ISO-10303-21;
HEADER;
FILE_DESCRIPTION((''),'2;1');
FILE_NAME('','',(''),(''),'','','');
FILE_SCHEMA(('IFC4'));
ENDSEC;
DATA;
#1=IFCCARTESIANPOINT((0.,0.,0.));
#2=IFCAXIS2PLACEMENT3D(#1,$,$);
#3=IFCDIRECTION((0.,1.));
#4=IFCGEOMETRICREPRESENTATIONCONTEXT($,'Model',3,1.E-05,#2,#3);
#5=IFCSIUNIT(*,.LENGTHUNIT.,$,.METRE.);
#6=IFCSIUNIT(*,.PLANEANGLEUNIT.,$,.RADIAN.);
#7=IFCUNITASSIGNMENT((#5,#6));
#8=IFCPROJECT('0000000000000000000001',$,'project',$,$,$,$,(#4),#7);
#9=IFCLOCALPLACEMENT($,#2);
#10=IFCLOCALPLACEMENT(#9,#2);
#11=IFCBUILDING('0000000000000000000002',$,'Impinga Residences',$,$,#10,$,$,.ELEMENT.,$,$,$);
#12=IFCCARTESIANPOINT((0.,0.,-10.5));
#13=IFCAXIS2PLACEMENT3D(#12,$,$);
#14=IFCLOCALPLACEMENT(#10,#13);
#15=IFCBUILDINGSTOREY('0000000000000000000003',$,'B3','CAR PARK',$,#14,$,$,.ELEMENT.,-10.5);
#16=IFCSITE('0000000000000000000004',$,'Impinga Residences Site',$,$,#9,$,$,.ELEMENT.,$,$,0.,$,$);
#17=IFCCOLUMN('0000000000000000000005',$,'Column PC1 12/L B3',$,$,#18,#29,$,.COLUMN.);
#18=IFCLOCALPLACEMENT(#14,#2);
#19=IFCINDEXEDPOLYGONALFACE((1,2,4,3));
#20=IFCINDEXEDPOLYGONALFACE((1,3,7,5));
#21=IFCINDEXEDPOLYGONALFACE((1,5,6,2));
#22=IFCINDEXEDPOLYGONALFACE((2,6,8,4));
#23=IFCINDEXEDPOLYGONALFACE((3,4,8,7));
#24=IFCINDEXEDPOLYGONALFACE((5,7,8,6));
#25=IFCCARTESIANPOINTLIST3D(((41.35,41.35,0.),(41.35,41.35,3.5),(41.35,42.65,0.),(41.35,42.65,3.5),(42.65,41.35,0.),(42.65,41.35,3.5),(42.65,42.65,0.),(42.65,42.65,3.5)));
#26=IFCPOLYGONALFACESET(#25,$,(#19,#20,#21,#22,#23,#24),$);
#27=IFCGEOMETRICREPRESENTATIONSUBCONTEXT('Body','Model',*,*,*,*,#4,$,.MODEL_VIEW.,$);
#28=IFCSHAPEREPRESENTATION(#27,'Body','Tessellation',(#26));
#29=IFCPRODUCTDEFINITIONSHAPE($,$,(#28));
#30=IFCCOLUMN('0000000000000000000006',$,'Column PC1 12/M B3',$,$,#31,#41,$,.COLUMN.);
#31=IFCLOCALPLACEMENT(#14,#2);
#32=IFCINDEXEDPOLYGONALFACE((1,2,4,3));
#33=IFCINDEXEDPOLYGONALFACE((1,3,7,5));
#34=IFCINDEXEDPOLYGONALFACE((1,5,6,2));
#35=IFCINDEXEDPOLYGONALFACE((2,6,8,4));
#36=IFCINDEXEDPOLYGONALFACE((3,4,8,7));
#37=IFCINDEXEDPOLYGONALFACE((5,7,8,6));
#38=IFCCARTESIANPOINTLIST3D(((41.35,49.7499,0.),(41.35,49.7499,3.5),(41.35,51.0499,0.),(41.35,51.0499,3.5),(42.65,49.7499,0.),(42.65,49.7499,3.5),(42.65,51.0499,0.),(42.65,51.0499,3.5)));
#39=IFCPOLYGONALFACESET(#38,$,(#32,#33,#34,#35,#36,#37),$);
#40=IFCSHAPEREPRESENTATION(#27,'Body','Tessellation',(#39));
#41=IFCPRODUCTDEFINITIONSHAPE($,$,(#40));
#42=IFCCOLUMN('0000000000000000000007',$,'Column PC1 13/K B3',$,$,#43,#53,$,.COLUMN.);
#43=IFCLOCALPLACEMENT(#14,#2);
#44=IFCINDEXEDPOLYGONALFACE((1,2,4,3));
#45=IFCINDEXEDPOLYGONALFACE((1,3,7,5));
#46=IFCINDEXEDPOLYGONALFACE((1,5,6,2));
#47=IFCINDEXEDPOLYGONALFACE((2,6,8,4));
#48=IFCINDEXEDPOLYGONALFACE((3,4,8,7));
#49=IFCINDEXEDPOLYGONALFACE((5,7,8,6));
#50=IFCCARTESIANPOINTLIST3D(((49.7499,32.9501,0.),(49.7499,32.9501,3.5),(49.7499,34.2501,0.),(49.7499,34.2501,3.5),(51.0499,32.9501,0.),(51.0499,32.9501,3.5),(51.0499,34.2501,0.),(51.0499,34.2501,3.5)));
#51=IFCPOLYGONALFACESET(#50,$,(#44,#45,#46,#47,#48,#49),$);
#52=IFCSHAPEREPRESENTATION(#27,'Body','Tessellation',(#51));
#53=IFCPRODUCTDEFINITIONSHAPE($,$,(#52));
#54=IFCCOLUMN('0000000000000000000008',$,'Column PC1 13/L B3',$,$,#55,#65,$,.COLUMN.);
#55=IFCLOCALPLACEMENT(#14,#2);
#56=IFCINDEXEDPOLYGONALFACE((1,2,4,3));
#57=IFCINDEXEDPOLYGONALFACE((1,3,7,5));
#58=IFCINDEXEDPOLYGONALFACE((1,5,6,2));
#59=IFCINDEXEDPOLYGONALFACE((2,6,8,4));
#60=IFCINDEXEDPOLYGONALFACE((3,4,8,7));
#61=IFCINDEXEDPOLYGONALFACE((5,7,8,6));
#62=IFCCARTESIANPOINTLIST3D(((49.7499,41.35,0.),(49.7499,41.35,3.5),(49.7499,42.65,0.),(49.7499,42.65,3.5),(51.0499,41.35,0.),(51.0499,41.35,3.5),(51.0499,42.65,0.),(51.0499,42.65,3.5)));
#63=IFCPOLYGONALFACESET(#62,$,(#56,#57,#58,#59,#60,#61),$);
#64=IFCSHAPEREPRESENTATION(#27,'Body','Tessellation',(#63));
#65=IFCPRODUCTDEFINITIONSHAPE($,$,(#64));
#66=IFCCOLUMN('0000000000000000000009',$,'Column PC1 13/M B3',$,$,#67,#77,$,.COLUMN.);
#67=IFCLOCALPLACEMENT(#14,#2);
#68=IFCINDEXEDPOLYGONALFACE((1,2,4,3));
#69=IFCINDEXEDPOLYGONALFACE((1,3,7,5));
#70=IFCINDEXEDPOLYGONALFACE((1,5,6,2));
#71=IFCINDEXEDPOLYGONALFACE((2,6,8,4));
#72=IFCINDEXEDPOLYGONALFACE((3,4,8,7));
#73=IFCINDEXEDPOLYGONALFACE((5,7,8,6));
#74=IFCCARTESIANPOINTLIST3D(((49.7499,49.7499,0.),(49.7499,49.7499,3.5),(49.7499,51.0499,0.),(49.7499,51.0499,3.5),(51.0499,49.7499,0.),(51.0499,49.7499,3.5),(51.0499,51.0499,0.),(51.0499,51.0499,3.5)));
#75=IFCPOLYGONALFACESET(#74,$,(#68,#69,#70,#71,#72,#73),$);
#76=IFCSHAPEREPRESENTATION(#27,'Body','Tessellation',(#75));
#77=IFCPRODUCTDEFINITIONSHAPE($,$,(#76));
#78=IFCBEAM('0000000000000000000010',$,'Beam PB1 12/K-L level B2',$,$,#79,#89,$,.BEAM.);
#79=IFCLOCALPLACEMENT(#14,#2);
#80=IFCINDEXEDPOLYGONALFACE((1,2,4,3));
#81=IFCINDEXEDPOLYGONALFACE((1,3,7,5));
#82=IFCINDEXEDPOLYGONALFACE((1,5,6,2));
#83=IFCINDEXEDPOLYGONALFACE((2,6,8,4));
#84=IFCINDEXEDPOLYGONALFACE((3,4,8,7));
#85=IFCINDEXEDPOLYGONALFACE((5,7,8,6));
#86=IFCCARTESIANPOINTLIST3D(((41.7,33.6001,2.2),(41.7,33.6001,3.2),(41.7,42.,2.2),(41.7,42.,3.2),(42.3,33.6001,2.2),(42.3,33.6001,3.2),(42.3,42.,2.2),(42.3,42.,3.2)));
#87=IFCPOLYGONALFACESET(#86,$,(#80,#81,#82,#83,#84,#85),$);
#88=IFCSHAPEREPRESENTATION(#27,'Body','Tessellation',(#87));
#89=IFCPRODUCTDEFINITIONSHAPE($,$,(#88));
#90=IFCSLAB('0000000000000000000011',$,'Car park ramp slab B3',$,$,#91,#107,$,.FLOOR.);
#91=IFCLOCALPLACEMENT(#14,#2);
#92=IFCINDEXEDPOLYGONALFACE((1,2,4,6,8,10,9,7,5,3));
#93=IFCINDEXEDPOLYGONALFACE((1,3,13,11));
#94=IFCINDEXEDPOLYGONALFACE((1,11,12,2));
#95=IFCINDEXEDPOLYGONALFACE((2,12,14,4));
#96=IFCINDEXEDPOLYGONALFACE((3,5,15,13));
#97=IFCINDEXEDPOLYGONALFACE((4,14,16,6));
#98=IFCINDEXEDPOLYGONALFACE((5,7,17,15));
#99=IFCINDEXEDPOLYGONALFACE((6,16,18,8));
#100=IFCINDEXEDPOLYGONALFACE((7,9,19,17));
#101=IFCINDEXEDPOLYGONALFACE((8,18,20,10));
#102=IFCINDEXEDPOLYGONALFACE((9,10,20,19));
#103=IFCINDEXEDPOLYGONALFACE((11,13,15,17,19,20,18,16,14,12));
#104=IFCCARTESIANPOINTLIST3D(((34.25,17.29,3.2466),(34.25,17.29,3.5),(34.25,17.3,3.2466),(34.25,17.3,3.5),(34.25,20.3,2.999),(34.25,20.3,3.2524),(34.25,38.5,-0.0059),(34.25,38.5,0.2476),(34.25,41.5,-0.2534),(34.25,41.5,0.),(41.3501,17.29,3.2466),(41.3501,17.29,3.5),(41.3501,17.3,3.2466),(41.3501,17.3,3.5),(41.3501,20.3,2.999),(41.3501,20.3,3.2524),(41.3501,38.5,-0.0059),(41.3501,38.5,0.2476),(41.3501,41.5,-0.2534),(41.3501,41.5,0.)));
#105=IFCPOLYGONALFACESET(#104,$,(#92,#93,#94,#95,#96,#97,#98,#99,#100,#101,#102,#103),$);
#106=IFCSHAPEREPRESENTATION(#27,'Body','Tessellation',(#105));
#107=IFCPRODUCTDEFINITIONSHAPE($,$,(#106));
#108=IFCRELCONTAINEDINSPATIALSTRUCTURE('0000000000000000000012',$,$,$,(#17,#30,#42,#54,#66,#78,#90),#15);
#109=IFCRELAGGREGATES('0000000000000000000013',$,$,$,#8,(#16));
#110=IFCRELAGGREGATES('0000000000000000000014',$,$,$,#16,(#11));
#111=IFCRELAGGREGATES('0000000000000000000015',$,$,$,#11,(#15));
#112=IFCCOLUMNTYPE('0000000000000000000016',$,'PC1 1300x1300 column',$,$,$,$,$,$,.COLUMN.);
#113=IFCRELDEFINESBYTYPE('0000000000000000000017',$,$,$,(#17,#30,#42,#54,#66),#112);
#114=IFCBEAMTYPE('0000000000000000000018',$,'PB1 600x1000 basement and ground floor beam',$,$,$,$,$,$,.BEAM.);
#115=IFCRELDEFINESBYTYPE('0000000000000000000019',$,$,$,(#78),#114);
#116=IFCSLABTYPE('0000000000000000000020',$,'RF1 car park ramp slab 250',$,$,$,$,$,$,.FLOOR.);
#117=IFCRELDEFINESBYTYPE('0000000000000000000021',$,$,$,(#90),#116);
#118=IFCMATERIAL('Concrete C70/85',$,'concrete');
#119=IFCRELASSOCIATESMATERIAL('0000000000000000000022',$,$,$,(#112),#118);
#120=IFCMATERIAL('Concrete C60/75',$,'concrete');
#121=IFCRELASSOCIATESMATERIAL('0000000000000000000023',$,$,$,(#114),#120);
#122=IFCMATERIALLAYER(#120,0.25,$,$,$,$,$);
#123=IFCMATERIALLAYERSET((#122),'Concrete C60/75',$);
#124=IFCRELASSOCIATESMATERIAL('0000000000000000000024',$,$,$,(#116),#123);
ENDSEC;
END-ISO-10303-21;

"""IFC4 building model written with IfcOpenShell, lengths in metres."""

from ifc_helpers import new_model, si_unit, direction, frame, origin, origin_2d, place, context, subcontext, project, spatial, polyline, rectangle, outline, extrude, material, layer, layer_set, material_profile, profile_set, type_object, element, save


model = new_model("IFC4")

# Units and contexts
model_context = context("Model", 3, precision=1e-05, world=origin(), true_north=direction((0.0, 1.0)))
body_context = subcontext(model_context, "Body", "Model", "MODEL_VIEW")
ifc_project = project(units=[si_unit("LENGTHUNIT", "METRE"), si_unit("PLANEANGLEUNIT", "RADIAN")], contexts=[model_context])

# Site, building, storey
site_placement = place(None, origin())
site = spatial("IfcSite", under=ifc_project, at=site_placement, Name="Impinga Residences Site", CompositionType="ELEMENT", RefElevation=0.0)
building_placement = place(site_placement, origin())
building = spatial("IfcBuilding", under=site, at=building_placement, Name="Impinga Residences", CompositionType="ELEMENT")
storey_placement = place(building_placement, frame((0.0, 0.0, -10.5)))
storey = spatial("IfcBuildingStorey", under=building, at=storey_placement, Name="B3", Description="CAR PARK", CompositionType="ELEMENT", Elevation=-10.5)

# Columns
ifc_material_1 = material(Name="Concrete C70/85", Category="concrete")
ifc_material_profile_1 = material_profile(ifc_material_1, rectangle(XDim=1.3, YDim=1.3, at=origin_2d()), Name="RC 1300x1300")
ifc_profile_set_1 = profile_set([ifc_material_profile_1], Name="Concrete C70/85")
column_type = type_object("IfcColumnType", Name="PC1 1300x1300 column", PredefinedType="COLUMN", material=ifc_profile_set_1)
for number, where, z_axis, x_axis, name in (
    (1, (42.0, 42.0, 0.0), (0.0, 0.0, 1.0), (1.0, 0.0, 0.0), "Column PC1 12/L B3"),
    (2, (42.0, 50.3999, 0.0), (0.0, 0.0, 1.0), (1.0, 0.0, 0.0), "Column PC1 12/M B3"),
    (3, (50.3999, 33.6001, 0.0), (0.0, 0.0, 1.0), (1.0, 0.0, 0.0), "Column PC1 13/K B3"),
    (4, (50.3999, 42.0, 0.0), (0.0, 0.0, 1.0), (1.0, 0.0, 0.0), "Column PC1 13/L B3"),
    (5, (50.3999, 50.3999, 0.0), (0.0, 0.0, 1.0), (1.0, 0.0, 0.0), "Column PC1 13/M B3"),
):
    element("IfcColumn", number, at=place(storey_placement, frame(where, z_axis=z_axis, x_axis=x_axis)), inside=storey, type_object=column_type, Name=name, PredefinedType="COLUMN", context=body_context, shape_type="SweptSolid", body=[
        extrude(rectangle(XDim=1.3, YDim=1.3, at=origin_2d()), origin(), (0.0, 0.0, 1.0), 3.5),
    ])

# Beam
ifc_material_2 = material(Name="Concrete C60/75", Category="concrete")
ifc_material_profile_2 = material_profile(ifc_material_2, rectangle(XDim=0.6001, YDim=1.0, at=origin_2d()), Name="RC 600x1000")
ifc_profile_set_2 = profile_set([ifc_material_profile_2], Name="Concrete C60/75")
beam_type = type_object("IfcBeamType", Name="PB1 600x1000 basement and ground floor beam", PredefinedType="BEAM", material=ifc_profile_set_2)
beam_placement = place(storey_placement, frame((42.0, 33.6001, 2.7), z_axis=(0.0, 1.0, 0.0), x_axis=(-1.0, 0.0, 0.0)))
element("IfcBeam", 6, at=beam_placement, inside=storey, type_object=beam_type, Name="Beam PB1 12/K-L level B2", PredefinedType="BEAM", context=body_context, shape_type="SweptSolid", body=[
    extrude(rectangle(XDim=0.6001, YDim=1.0, at=origin_2d()), origin(), (0.0, 0.0, 1.0), 8.3999),
])

# Slab
ifc_layer = layer(ifc_material_2, 0.25)
ifc_layer_set = layer_set([ifc_layer], Name="Concrete C60/75")
slab_type = type_object("IfcSlabType", Name="RF1 car park ramp slab 250", PredefinedType="FLOOR", material=ifc_layer_set)
slab_placement = place(storey_placement, frame((41.3501, 41.5, 0.0), z_axis=(1.0, 0.0, 0.0), x_axis=(0.0, -0.996613, 0.08224)))
element("IfcSlab", 7, at=slab_placement, inside=storey, type_object=slab_type, Name="Car park ramp slab B3", PredefinedType="FLOOR", context=body_context, shape_type="SweptSolid", body=[
    extrude(outline(polyline([(0.0, 0.0), (3.0102, 0.0), (21.3956, -1.4979), (24.4058, -1.4979), (24.4158, -1.4971), (24.3949, -1.2446), (24.385, -1.2454), (21.3748, -1.2454), (2.9894, 0.2526), (-0.0208, 0.2526), (0.0, 0.0)])), origin(), (0.0, 0.0, -1.0), 7.1001),
])

save(model, "model.ifc")
